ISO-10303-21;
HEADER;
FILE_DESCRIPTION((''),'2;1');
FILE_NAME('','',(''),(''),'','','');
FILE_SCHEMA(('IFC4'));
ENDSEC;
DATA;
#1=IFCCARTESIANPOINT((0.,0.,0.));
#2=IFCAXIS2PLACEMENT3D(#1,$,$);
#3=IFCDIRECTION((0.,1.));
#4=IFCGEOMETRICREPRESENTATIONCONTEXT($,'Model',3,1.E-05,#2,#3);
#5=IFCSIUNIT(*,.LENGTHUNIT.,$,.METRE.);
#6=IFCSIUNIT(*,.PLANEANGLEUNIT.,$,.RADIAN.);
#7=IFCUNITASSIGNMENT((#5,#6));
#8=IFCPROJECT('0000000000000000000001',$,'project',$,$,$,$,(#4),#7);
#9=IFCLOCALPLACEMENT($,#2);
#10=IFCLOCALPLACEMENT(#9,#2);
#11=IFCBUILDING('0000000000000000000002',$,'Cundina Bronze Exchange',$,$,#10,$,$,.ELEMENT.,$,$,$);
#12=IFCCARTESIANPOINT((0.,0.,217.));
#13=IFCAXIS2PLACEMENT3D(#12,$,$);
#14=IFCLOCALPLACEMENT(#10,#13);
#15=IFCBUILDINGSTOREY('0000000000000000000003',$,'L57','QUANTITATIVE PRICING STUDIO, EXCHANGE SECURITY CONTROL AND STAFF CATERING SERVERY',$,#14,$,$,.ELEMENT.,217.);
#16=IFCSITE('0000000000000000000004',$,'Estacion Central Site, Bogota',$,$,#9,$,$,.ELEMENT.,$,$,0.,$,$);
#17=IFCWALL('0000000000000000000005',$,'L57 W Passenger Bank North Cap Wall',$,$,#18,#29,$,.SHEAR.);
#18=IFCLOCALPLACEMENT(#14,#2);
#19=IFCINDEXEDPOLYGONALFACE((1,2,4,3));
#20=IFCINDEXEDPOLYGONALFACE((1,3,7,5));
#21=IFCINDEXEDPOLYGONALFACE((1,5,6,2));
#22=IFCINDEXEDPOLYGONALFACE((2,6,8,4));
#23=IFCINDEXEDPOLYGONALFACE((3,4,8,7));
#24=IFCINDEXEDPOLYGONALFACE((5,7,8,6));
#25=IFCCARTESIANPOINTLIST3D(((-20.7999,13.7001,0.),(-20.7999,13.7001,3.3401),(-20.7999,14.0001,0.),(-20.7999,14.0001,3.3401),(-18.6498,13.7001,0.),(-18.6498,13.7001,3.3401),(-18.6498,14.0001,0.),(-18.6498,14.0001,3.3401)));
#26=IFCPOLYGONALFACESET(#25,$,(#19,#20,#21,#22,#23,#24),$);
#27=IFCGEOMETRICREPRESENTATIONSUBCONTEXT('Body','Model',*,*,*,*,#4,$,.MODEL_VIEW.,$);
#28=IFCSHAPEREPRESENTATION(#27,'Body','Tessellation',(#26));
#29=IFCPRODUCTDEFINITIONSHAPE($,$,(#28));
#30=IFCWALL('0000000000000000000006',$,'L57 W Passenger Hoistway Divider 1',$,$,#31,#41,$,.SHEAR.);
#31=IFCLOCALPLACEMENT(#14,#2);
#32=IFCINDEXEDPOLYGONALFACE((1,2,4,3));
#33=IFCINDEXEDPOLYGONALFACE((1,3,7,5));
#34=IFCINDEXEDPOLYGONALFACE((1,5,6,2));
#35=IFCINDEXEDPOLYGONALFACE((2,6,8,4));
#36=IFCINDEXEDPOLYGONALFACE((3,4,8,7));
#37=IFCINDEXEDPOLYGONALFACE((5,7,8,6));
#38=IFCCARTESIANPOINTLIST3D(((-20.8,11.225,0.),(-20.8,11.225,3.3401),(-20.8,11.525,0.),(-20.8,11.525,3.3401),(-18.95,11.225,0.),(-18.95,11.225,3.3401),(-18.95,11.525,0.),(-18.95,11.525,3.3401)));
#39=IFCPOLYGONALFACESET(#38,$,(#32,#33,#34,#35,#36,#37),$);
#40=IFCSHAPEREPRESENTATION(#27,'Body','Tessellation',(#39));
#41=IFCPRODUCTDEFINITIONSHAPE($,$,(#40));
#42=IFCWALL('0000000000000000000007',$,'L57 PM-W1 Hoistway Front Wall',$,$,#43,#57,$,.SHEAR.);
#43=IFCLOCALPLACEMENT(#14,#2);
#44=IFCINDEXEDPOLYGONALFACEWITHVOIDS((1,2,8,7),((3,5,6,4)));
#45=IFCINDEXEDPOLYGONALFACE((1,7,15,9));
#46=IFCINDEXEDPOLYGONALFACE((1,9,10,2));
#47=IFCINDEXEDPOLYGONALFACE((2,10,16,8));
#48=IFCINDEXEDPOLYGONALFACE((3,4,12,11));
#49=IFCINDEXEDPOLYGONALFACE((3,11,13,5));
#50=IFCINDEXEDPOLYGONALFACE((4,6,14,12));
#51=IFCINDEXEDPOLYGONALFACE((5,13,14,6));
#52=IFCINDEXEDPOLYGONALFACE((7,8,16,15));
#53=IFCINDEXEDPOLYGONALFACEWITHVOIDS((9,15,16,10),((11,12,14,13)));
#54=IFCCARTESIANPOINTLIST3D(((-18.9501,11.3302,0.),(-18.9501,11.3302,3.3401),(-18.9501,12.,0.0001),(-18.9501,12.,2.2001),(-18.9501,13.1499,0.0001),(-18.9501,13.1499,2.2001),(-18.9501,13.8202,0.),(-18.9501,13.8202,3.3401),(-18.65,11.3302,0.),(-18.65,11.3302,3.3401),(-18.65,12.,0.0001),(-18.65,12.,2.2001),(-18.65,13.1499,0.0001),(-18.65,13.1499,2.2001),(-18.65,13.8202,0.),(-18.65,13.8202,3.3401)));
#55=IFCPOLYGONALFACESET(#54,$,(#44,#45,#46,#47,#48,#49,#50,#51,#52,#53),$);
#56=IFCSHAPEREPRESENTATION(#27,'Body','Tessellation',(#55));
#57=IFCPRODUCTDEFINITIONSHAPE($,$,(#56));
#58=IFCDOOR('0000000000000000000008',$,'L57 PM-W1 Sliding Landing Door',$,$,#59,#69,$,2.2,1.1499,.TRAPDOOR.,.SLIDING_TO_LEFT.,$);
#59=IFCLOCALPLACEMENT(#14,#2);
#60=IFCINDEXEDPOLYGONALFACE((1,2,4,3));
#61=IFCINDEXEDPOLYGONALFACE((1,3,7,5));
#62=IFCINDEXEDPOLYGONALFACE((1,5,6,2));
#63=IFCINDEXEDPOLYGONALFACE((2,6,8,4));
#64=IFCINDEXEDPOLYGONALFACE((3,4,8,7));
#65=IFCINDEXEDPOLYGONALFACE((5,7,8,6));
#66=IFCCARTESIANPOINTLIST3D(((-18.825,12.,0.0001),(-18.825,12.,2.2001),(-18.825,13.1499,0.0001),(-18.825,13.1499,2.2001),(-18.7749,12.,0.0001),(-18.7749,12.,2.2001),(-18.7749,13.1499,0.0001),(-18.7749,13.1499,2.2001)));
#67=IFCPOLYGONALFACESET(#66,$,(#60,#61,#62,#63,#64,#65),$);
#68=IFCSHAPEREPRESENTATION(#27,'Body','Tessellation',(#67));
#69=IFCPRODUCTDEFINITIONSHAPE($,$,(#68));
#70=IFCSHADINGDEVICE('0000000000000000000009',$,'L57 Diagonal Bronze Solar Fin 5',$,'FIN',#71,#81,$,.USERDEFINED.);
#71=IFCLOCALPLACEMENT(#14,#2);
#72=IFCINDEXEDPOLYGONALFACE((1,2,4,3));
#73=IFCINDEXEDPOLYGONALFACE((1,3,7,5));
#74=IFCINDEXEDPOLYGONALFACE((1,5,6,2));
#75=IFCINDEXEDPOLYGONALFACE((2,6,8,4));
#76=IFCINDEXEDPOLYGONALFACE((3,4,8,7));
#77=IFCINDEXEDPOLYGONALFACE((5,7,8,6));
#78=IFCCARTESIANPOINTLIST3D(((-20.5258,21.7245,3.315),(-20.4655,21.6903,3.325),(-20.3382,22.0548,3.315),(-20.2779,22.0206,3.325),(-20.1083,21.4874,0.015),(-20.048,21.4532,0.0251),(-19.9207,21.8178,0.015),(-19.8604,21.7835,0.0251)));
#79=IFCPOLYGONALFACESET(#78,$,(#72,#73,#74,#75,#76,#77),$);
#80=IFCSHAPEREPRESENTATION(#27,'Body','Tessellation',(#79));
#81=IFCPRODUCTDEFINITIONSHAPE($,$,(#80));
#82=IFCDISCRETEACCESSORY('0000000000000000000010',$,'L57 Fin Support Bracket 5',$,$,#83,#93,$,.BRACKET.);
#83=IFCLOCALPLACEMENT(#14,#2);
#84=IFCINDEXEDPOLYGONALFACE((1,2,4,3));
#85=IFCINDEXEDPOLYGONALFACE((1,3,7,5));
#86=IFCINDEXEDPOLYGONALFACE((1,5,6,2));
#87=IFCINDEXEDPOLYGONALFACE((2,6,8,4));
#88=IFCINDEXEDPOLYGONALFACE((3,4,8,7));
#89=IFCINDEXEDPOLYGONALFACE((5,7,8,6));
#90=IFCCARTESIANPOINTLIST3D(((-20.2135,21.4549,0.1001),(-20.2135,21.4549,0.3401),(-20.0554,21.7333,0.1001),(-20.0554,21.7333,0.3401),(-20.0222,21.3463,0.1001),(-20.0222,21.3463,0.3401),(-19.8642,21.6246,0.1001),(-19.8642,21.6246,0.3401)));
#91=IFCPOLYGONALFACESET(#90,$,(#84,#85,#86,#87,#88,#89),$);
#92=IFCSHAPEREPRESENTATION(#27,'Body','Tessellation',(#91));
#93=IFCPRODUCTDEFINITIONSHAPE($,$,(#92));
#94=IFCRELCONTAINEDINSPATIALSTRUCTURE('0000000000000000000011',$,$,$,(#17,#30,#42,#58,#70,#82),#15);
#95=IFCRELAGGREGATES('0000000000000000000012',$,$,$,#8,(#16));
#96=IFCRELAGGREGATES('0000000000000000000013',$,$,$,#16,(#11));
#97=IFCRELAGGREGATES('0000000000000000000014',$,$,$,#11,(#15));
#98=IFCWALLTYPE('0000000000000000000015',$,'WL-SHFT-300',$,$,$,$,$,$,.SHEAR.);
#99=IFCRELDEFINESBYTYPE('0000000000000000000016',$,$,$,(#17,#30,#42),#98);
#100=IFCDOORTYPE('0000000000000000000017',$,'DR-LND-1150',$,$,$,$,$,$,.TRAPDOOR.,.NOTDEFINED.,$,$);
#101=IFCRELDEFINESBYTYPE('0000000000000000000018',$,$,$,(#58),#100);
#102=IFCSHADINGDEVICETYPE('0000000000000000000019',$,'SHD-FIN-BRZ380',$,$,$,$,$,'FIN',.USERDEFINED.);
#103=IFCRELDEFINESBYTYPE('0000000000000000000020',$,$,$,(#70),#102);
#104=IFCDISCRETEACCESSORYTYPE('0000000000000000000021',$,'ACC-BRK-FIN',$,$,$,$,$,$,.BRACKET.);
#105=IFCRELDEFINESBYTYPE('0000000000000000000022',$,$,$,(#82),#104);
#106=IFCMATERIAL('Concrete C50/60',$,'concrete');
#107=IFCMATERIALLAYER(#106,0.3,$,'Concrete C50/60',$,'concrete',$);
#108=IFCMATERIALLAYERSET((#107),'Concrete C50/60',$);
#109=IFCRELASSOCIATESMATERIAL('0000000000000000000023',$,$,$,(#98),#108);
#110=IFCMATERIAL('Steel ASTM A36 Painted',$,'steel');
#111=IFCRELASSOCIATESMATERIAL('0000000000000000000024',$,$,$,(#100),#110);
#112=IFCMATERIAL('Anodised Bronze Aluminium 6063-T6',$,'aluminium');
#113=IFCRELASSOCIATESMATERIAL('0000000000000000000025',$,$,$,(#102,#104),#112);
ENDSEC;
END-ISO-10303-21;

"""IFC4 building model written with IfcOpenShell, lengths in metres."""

from ifc_helpers import new_model, si_unit, direction, frame, frame_2d, origin, origin_2d, place, context, subcontext, project, spatial, rectangle, extrude, material, layer, layer_set, material_profile, profile_set, type_object, element, fill, save


model = new_model("IFC4")

# Units and contexts
model_context = context("Model", 3, precision=1e-05, world=origin(), true_north=direction((0.0, 1.0)))
body_context = subcontext(model_context, "Body", "Model", "MODEL_VIEW")
ifc_project = project(units=[si_unit("LENGTHUNIT", "METRE"), si_unit("PLANEANGLEUNIT", "RADIAN")], contexts=[model_context])

# Site, building, storey
site_placement = place(None, origin())
site = spatial("IfcSite", under=ifc_project, at=site_placement, Name="Estacion Central Site, Bogota", CompositionType="ELEMENT", RefElevation=0.0)
building_placement = place(site_placement, origin())
building = spatial("IfcBuilding", under=site, at=building_placement, Name="Cundina Bronze Exchange", CompositionType="ELEMENT")
storey_placement = place(building_placement, frame((0.0, 0.0, 217.0)))
storey = spatial("IfcBuildingStorey", under=building, at=storey_placement, Name="L57", Description="QUANTITATIVE PRICING STUDIO, EXCHANGE SECURITY CONTROL AND STAFF CATERING SERVERY", CompositionType="ELEMENT", Elevation=217.0)

# Shared definitions
ifc_material_1 = material(Name="Concrete C50/60", Category="concrete")

# Shared definitions
ifc_material_2 = material(Name="Anodised Bronze Aluminium 6063-T6", Category="aluminium")

# Shared definitions
ifc_layer_1 = layer(ifc_material_1, 0.3, Name="Concrete C50/60", Category="concrete")
ifc_layer_set_1 = layer_set([ifc_layer_1], Name="Concrete C50/60")
wall_type_1 = type_object("IfcWallType", Name="WL-SHFT-300", PredefinedType="SHEAR", material=ifc_layer_set_1)
ifc_material_3 = material(Name="Steel ASTM A36 Painted", Category="steel")

# Walls
wall_1_placement = place(storey_placement, frame((-20.8, 13.8501, 0.0), z_axis=(0.0, 0.0, 1.0), x_axis=(1.0, 0.0, 0.0)))
element("IfcWall", 1, at=wall_1_placement, inside=storey, type_object=wall_type_1, Name="L57 W Passenger Bank North Cap Wall", PredefinedType="SHEAR", context=body_context, shape_type="SweptSolid", body=[
    extrude(rectangle(XDim=2.1501, YDim=0.3, at=frame_2d((1.0752, 0.0))), origin(), (0.0, 0.0, 1.0), 3.3401),
])
wall_2_placement = place(storey_placement, frame((-20.8, 11.375, 0.0), z_axis=(0.0, 0.0, 1.0), x_axis=(1.0, 0.0, 0.0)))
element("IfcWall", 2, at=wall_2_placement, inside=storey, type_object=wall_type_1, Name="L57 W Passenger Hoistway Divider 1", PredefinedType="SHEAR", context=body_context, shape_type="SweptSolid", body=[
    extrude(rectangle(XDim=1.8501, YDim=0.3, at=frame_2d((0.925, 0.0))), origin(), (0.0, 0.0, 1.0), 3.3401),
])

# Wall, opening, door
wall_3_placement = place(storey_placement, frame((-18.8, 11.3301, 0.0), z_axis=(0.0, 0.0, 1.0), x_axis=(0.0, 1.0, 0.0)))
wall_3 = element("IfcWall", 3, at=wall_3_placement, inside=storey, type_object=wall_type_1, Name="L57 PM-W1 Hoistway Front Wall", PredefinedType="SHEAR", context=body_context, shape_type="SweptSolid", body=[
    extrude(rectangle(XDim=2.49, YDim=0.3, at=frame_2d((1.2451, 0.0))), origin(), (0.0, 0.0, 1.0), 3.3401),
])
opening_1_placement = place(wall_3_placement, frame((0.6699, 0.0, 0.0)))
opening_1 = element("IfcOpeningElement", 4, at=opening_1_placement, cuts=wall_3, PredefinedType="OPENING", context=body_context, shape_type="SweptSolid", body=[
    extrude(rectangle(XDim=1.1499, YDim=2.2, at=frame_2d((0.575, 1.1001))), frame((0.0, 0.1599, 0.0), z_axis=(0.0, -1.0, 0.0), x_axis=(1.0, 0.0, 0.0)), (0.0, 0.0, 1.0), 0.3201),
])
door_type_1 = type_object("IfcDoorType", Name="DR-LND-1150", OperationType="NOTDEFINED", PredefinedType="TRAPDOOR", material=ifc_material_3)
door_1_placement = place(opening_1_placement, origin())
door_1 = element("IfcDoor", 5, at=door_1_placement, inside=storey, type_object=door_type_1, Name="L57 PM-W1 Sliding Landing Door", OperationType="SLIDING_TO_LEFT", OverallHeight=2.2, OverallWidth=1.1499, PredefinedType="TRAPDOOR", context=body_context, shape_type="SweptSolid", body=[
    extrude(rectangle(XDim=1.1499, YDim=2.2, at=frame_2d((0.575, 1.1001))), frame((0.0, 0.0249, 0.0), z_axis=(0.0, -1.0, 0.0), x_axis=(1.0, 0.0, 0.0)), (0.0, 0.0, 1.0), 0.05),
])
fill(opening_1, door_1)

# Shading device
ifc_material_profile_1 = material_profile(ifc_material_2, rectangle(XDim=0.0701, YDim=0.3799, at=origin_2d()), Name="FIN70X380", Category="aluminium")
ifc_profile_set_1 = profile_set([ifc_material_profile_1], Name="Anodised Bronze Aluminium 6063-T6")
shading_device_type = type_object("IfcShadingDeviceType", Name="SHD-FIN-BRZ380", ElementType="FIN", PredefinedType="USERDEFINED", material=ifc_profile_set_1)
shading_device_placement = place(storey_placement, frame((-19.9844, 21.6355, 0.02), z_axis=(-0.12519, 0.071087, 0.989583), x_axis=(0.860527, -0.488638, 0.143965)))
element("IfcShadingDevice", 6, at=shading_device_placement, inside=storey, type_object=shading_device_type, Name="L57 Diagonal Bronze Solar Fin 5", ObjectType="FIN", PredefinedType="USERDEFINED", context=body_context, shape_type="SweptSolid", body=[
    extrude(rectangle(XDim=0.0701, YDim=0.3799, at=origin_2d()), origin(), (0.0, 0.0, 1.0), 3.3347),
])

# Discrete accessory
discrete_accessory_type = type_object("IfcDiscreteAccessoryType", Name="ACC-BRK-FIN", PredefinedType="BRACKET", material=ifc_material_2)
discrete_accessory_placement = place(storey_placement, frame((-20.0388, 21.5398, 0.1001), z_axis=(0.0, 0.0, 1.0), x_axis=(-0.869573, 0.493805, 0.0)))
element("IfcDiscreteAccessory", 7, at=discrete_accessory_placement, inside=storey, type_object=discrete_accessory_type, Name="L57 Fin Support Bracket 5", PredefinedType="BRACKET", context=body_context, shape_type="SweptSolid", body=[
    extrude(rectangle(XDim=0.22, YDim=0.3201, at=origin_2d()), origin(), (0.0, 0.0, 1.0), 0.24),
])

save(model, "model.ifc")
